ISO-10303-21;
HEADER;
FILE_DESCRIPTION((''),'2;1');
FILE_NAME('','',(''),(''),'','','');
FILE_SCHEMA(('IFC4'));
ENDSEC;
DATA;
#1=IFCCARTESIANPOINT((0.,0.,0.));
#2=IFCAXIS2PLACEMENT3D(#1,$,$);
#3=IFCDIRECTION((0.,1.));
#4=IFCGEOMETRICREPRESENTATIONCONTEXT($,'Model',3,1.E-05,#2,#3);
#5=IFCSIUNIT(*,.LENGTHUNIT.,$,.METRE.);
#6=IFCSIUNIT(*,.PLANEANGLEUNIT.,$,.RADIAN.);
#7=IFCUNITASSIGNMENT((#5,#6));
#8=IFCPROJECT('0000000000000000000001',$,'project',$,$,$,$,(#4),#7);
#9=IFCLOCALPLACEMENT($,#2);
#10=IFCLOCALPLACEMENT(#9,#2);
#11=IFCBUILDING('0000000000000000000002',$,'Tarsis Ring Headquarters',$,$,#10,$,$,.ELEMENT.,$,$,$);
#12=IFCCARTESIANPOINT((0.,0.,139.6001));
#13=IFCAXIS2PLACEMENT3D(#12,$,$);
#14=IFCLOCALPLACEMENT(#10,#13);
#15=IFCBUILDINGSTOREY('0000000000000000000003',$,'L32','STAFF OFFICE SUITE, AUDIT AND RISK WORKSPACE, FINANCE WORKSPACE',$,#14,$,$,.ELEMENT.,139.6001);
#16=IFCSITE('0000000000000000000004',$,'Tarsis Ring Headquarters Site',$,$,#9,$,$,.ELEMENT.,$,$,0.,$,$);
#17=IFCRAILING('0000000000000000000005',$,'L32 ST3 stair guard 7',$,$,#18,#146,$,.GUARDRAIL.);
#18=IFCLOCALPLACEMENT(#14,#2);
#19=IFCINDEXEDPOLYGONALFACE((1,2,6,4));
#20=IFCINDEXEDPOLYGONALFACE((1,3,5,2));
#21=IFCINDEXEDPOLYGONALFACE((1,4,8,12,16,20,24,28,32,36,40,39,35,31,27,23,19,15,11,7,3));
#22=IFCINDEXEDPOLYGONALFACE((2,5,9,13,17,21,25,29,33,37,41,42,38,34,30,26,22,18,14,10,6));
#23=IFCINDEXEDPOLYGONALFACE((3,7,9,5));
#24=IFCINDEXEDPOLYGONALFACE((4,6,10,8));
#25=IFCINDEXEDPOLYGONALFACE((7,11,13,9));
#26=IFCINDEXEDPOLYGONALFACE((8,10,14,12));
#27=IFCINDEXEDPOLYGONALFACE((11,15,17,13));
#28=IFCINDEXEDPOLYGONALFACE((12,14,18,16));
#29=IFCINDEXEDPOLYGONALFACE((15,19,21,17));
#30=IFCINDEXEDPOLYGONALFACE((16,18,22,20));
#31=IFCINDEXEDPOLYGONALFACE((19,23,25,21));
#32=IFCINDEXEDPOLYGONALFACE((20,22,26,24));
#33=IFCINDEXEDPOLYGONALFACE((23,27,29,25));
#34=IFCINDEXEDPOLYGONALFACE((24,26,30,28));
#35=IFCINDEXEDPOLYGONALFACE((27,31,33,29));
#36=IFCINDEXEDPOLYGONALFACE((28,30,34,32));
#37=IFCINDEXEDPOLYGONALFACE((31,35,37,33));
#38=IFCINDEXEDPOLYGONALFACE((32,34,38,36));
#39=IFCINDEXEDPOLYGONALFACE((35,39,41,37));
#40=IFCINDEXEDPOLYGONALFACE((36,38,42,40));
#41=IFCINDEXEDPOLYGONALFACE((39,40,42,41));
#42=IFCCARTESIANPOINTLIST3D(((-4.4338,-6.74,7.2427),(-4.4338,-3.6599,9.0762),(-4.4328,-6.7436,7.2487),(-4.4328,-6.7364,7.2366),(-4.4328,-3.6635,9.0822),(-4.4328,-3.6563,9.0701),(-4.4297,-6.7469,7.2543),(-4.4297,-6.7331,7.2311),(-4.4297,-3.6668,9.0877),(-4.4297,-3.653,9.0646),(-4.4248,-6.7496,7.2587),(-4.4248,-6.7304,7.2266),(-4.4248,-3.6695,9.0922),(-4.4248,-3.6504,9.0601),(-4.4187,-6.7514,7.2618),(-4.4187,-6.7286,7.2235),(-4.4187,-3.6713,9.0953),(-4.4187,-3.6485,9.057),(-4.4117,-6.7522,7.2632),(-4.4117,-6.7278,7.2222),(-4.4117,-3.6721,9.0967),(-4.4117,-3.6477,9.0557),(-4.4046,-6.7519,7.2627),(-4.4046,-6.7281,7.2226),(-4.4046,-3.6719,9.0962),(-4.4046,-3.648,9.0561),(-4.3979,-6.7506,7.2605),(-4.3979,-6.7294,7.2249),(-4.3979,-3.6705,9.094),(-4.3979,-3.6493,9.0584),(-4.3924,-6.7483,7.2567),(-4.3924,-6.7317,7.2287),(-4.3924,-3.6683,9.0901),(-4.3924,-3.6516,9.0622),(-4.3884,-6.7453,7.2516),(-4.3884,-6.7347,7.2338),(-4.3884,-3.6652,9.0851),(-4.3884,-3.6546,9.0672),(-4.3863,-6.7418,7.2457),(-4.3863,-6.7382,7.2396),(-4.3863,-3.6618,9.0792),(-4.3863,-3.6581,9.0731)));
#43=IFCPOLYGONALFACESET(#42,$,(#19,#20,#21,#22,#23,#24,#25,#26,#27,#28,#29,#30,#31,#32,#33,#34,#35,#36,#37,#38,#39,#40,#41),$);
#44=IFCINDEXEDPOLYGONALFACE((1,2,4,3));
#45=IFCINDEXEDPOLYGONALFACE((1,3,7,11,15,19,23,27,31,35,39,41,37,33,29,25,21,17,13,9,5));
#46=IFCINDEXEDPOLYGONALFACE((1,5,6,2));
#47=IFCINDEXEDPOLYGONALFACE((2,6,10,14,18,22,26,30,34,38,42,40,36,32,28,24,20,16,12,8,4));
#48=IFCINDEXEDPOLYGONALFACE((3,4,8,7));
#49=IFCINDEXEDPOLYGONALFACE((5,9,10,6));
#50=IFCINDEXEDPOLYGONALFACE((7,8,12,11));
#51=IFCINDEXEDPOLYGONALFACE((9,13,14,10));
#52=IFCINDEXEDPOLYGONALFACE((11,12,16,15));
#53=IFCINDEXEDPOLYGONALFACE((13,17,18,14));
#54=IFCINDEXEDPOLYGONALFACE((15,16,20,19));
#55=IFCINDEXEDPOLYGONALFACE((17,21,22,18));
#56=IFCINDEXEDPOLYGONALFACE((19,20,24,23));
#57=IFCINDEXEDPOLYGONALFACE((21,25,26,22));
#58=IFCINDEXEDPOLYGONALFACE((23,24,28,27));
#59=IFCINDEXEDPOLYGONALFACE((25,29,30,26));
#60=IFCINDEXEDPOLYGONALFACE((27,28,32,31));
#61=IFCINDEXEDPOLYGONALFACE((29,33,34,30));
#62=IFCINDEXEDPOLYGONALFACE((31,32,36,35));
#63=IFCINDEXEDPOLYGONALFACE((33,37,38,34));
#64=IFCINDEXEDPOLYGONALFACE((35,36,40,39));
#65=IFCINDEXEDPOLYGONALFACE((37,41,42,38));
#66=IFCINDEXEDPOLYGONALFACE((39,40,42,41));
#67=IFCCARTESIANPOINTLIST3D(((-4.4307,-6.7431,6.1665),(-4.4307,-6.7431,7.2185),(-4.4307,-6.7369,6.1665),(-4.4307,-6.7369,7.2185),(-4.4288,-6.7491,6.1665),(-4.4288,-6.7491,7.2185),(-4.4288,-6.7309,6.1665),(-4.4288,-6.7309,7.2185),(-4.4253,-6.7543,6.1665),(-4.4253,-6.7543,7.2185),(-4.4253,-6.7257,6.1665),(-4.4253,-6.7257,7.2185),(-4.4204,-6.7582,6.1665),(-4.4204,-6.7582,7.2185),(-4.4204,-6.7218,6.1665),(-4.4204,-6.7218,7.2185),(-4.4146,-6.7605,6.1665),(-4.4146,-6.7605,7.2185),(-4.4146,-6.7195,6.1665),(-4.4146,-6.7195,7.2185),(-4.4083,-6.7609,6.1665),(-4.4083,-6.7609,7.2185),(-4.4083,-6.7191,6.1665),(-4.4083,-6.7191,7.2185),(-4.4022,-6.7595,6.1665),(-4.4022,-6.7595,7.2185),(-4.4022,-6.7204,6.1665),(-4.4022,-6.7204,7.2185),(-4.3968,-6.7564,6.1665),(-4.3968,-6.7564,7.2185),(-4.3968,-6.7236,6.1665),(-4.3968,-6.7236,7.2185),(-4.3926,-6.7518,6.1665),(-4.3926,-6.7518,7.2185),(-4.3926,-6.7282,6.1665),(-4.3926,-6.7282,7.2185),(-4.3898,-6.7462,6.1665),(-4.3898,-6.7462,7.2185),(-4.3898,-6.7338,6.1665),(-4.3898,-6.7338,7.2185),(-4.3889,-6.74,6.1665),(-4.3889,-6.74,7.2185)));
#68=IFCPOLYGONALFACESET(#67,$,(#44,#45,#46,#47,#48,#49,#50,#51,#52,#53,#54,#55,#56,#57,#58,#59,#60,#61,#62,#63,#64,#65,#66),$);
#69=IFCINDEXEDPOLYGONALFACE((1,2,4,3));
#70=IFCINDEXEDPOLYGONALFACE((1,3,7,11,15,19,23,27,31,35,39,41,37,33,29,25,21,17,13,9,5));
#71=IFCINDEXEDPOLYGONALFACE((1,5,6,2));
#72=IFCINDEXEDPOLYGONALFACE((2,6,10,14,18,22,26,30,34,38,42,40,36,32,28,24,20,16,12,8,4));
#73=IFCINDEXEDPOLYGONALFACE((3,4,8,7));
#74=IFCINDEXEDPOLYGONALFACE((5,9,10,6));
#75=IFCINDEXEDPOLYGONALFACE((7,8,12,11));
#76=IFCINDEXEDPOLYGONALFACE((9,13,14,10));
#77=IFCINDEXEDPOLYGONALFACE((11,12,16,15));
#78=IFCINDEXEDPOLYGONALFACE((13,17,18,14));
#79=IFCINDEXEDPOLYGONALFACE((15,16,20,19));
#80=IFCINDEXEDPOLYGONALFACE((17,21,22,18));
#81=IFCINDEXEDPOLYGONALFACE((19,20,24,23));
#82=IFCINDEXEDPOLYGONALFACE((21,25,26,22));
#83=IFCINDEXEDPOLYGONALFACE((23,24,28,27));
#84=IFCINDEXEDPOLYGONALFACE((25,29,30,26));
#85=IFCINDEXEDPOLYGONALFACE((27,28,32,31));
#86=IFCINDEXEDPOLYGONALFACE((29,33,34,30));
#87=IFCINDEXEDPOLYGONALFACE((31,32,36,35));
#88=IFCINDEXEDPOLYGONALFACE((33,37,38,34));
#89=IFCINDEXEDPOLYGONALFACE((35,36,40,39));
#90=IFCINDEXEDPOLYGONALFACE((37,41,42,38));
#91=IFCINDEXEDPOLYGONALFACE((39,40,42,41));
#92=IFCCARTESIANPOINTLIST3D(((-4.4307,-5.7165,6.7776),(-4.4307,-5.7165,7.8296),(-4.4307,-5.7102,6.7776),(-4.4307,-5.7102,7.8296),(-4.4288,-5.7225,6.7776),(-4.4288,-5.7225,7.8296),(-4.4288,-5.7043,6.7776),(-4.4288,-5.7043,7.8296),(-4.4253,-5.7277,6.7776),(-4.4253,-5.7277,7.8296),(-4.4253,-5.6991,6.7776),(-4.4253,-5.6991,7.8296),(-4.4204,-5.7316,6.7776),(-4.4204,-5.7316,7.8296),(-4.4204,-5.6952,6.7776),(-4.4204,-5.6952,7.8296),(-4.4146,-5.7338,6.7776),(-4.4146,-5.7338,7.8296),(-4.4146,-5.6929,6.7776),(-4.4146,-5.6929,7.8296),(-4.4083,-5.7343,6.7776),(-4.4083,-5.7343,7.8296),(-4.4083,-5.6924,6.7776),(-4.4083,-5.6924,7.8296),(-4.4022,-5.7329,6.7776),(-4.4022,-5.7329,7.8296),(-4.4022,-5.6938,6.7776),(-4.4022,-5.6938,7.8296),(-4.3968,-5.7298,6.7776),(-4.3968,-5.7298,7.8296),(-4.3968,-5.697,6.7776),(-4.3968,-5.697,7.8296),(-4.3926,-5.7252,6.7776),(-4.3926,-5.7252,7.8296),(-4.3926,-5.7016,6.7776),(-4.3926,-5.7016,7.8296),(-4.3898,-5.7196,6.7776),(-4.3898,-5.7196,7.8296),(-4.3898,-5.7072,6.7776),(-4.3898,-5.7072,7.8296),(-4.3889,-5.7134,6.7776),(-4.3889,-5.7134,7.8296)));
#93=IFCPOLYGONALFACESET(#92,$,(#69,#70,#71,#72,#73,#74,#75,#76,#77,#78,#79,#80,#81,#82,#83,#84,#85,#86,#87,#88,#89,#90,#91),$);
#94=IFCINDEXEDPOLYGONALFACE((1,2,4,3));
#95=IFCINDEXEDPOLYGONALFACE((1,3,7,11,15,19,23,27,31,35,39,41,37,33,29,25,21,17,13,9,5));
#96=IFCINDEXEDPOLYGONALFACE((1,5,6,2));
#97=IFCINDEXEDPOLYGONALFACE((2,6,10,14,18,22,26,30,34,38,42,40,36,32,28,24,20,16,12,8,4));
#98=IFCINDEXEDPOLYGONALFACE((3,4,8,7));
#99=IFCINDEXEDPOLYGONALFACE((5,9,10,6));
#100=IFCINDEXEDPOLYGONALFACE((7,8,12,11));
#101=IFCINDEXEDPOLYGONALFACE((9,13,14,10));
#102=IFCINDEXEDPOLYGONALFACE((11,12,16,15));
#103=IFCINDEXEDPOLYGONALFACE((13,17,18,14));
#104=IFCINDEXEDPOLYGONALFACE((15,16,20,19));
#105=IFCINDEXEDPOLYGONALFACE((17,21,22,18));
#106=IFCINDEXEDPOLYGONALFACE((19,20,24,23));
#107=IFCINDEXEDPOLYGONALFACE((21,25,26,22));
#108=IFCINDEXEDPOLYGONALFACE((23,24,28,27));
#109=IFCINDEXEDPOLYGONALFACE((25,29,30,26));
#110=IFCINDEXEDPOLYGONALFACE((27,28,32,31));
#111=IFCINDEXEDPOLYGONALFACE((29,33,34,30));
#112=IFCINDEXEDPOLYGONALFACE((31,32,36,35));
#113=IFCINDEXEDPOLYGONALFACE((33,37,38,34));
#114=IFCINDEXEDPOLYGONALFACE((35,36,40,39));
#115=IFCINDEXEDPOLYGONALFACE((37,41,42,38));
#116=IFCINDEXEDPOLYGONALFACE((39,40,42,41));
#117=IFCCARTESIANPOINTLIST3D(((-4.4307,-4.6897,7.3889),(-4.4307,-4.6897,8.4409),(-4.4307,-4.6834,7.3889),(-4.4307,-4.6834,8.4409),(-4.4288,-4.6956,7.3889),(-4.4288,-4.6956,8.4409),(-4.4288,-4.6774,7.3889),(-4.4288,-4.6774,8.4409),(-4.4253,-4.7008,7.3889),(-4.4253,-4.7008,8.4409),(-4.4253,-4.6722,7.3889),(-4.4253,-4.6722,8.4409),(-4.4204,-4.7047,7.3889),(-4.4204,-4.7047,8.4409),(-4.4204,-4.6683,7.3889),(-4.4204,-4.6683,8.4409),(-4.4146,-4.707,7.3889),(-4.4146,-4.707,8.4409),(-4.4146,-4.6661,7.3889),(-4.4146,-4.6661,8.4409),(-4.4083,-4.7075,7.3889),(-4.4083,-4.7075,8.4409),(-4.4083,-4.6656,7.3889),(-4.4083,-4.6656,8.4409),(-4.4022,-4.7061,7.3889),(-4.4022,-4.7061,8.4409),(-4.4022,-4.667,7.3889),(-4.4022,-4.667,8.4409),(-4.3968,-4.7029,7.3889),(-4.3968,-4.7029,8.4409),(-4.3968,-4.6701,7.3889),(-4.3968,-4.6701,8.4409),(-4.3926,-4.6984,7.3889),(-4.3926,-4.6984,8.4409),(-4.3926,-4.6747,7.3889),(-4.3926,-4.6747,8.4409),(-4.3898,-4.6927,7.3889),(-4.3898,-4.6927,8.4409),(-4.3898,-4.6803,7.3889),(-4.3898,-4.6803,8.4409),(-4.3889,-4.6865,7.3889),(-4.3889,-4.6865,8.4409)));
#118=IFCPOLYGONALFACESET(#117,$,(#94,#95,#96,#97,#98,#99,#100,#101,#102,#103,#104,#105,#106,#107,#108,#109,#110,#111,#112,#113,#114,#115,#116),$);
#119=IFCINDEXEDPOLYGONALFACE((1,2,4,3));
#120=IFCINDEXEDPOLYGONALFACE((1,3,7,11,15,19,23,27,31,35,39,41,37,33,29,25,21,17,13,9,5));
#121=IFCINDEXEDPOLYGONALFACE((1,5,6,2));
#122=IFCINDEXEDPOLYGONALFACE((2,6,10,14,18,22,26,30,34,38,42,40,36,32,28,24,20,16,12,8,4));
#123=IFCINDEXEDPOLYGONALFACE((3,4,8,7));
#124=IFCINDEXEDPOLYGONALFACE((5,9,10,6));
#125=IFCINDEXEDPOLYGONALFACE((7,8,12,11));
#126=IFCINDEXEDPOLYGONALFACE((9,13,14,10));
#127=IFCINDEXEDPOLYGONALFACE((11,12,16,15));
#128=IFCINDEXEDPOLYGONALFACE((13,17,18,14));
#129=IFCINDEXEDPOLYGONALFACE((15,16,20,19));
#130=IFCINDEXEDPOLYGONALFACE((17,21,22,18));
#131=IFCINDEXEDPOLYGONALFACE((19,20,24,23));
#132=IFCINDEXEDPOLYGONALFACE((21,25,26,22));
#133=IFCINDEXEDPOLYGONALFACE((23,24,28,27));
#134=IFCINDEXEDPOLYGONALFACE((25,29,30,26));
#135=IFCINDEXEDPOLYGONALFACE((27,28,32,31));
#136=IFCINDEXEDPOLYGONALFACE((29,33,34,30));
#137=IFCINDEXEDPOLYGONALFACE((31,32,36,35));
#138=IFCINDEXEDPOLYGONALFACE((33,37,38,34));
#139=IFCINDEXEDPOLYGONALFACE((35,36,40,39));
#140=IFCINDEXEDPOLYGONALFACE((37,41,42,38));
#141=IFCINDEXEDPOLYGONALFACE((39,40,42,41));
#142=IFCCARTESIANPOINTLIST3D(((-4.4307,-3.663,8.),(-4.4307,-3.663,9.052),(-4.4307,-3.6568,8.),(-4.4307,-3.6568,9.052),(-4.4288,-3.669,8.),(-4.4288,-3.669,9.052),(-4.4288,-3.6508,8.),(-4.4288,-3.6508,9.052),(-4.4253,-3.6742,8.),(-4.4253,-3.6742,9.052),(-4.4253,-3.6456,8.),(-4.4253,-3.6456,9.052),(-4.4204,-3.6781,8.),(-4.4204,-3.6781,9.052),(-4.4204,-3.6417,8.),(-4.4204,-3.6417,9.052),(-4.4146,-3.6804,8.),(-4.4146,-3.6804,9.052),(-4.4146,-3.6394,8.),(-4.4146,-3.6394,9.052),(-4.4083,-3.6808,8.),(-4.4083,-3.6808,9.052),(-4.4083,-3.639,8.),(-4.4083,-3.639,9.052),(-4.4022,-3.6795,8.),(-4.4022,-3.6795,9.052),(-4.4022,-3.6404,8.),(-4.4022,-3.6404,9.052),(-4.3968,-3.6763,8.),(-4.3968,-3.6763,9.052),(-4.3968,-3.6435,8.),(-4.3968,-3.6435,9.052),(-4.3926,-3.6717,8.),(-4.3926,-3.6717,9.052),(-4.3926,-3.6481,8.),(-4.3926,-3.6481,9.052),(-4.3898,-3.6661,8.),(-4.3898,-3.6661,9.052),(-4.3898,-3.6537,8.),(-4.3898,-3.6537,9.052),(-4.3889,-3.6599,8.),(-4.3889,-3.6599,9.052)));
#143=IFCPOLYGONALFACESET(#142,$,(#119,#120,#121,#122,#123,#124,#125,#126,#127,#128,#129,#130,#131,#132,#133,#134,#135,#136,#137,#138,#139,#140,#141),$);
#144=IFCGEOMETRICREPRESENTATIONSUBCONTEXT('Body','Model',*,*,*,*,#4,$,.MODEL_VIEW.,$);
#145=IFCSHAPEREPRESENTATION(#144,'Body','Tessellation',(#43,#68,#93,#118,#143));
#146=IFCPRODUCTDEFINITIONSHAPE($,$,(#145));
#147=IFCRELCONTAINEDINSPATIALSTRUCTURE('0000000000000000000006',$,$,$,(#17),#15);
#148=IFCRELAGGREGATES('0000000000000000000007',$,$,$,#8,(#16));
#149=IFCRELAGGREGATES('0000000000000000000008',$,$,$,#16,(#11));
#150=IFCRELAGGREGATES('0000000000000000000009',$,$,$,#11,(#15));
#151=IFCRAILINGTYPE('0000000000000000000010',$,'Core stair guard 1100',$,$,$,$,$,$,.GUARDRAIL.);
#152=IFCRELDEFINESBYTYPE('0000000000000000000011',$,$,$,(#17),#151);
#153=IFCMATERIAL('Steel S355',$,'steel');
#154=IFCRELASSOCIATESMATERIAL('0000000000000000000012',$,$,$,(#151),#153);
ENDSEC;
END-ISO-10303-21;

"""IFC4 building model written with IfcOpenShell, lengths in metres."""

from ifc_helpers import new_model, si_unit, direction, frame, origin, origin_2d, place, context, subcontext, project, spatial, circle, extrude, material, type_object, element, save


model = new_model("IFC4")

# Units and contexts
model_context = context("Model", 3, precision=1e-05, world=origin(), true_north=direction((0.0, 1.0)))
body_context = subcontext(model_context, "Body", "Model", "MODEL_VIEW")
ifc_project = project(units=[si_unit("LENGTHUNIT", "METRE"), si_unit("PLANEANGLEUNIT", "RADIAN")], contexts=[model_context])

# Site, building, storey
site_placement = place(None, origin())
site = spatial("IfcSite", under=ifc_project, at=site_placement, Name="Tarsis Ring Headquarters Site", CompositionType="ELEMENT", RefElevation=0.0)
building_placement = place(site_placement, origin())
building = spatial("IfcBuilding", under=site, at=building_placement, Name="Tarsis Ring Headquarters", CompositionType="ELEMENT")
storey_placement = place(building_placement, frame((0.0, 0.0, 139.6001)))
storey = spatial("IfcBuildingStorey", under=building, at=storey_placement, Name="L32", Description="STAFF OFFICE SUITE, AUDIT AND RISK WORKSPACE, FINANCE WORKSPACE", CompositionType="ELEMENT", Elevation=139.6001)

# Railing
ifc_material_1 = material(Name="Steel S355", Category="steel")
railing_type_1 = type_object("IfcRailingType", Name="Core stair guard 1100", PredefinedType="GUARDRAIL", material=ifc_material_1)
railing_1_placement = place(storey_placement, frame((-4.4099, -6.74, 6.1665)))
element("IfcRailing", 1, at=railing_1_placement, inside=storey, type_object=railing_type_1, Name="L32 ST3 stair guard 7", PredefinedType="GUARDRAIL", context=body_context, shape_type="SweptSolid", body=[
    extrude(circle(Radius=0.0239, at=origin_2d()), frame((0.0, 0.0, 1.0762), z_axis=(0.0, 0.859279, 0.511508), x_axis=(-1.0, 0.0, 0.0)), (0.0, 0.0, 1.0), 3.5845),
    extrude(circle(Radius=0.021, at=origin_2d()), origin(), (0.0, 0.0, 1.0), 1.052),
    extrude(circle(Radius=0.021, at=origin_2d()), frame((0.0, 1.0266, 0.6111)), (0.0, 0.0, 1.0), 1.052),
    extrude(circle(Radius=0.021, at=origin_2d()), frame((0.0, 2.0535, 1.2224)), (0.0, 0.0, 1.0), 1.052),
    extrude(circle(Radius=0.021, at=origin_2d()), frame((0.0, 3.0801, 1.8335)), (0.0, 0.0, 1.0), 1.052),
])

save(model, "model.ifc")
